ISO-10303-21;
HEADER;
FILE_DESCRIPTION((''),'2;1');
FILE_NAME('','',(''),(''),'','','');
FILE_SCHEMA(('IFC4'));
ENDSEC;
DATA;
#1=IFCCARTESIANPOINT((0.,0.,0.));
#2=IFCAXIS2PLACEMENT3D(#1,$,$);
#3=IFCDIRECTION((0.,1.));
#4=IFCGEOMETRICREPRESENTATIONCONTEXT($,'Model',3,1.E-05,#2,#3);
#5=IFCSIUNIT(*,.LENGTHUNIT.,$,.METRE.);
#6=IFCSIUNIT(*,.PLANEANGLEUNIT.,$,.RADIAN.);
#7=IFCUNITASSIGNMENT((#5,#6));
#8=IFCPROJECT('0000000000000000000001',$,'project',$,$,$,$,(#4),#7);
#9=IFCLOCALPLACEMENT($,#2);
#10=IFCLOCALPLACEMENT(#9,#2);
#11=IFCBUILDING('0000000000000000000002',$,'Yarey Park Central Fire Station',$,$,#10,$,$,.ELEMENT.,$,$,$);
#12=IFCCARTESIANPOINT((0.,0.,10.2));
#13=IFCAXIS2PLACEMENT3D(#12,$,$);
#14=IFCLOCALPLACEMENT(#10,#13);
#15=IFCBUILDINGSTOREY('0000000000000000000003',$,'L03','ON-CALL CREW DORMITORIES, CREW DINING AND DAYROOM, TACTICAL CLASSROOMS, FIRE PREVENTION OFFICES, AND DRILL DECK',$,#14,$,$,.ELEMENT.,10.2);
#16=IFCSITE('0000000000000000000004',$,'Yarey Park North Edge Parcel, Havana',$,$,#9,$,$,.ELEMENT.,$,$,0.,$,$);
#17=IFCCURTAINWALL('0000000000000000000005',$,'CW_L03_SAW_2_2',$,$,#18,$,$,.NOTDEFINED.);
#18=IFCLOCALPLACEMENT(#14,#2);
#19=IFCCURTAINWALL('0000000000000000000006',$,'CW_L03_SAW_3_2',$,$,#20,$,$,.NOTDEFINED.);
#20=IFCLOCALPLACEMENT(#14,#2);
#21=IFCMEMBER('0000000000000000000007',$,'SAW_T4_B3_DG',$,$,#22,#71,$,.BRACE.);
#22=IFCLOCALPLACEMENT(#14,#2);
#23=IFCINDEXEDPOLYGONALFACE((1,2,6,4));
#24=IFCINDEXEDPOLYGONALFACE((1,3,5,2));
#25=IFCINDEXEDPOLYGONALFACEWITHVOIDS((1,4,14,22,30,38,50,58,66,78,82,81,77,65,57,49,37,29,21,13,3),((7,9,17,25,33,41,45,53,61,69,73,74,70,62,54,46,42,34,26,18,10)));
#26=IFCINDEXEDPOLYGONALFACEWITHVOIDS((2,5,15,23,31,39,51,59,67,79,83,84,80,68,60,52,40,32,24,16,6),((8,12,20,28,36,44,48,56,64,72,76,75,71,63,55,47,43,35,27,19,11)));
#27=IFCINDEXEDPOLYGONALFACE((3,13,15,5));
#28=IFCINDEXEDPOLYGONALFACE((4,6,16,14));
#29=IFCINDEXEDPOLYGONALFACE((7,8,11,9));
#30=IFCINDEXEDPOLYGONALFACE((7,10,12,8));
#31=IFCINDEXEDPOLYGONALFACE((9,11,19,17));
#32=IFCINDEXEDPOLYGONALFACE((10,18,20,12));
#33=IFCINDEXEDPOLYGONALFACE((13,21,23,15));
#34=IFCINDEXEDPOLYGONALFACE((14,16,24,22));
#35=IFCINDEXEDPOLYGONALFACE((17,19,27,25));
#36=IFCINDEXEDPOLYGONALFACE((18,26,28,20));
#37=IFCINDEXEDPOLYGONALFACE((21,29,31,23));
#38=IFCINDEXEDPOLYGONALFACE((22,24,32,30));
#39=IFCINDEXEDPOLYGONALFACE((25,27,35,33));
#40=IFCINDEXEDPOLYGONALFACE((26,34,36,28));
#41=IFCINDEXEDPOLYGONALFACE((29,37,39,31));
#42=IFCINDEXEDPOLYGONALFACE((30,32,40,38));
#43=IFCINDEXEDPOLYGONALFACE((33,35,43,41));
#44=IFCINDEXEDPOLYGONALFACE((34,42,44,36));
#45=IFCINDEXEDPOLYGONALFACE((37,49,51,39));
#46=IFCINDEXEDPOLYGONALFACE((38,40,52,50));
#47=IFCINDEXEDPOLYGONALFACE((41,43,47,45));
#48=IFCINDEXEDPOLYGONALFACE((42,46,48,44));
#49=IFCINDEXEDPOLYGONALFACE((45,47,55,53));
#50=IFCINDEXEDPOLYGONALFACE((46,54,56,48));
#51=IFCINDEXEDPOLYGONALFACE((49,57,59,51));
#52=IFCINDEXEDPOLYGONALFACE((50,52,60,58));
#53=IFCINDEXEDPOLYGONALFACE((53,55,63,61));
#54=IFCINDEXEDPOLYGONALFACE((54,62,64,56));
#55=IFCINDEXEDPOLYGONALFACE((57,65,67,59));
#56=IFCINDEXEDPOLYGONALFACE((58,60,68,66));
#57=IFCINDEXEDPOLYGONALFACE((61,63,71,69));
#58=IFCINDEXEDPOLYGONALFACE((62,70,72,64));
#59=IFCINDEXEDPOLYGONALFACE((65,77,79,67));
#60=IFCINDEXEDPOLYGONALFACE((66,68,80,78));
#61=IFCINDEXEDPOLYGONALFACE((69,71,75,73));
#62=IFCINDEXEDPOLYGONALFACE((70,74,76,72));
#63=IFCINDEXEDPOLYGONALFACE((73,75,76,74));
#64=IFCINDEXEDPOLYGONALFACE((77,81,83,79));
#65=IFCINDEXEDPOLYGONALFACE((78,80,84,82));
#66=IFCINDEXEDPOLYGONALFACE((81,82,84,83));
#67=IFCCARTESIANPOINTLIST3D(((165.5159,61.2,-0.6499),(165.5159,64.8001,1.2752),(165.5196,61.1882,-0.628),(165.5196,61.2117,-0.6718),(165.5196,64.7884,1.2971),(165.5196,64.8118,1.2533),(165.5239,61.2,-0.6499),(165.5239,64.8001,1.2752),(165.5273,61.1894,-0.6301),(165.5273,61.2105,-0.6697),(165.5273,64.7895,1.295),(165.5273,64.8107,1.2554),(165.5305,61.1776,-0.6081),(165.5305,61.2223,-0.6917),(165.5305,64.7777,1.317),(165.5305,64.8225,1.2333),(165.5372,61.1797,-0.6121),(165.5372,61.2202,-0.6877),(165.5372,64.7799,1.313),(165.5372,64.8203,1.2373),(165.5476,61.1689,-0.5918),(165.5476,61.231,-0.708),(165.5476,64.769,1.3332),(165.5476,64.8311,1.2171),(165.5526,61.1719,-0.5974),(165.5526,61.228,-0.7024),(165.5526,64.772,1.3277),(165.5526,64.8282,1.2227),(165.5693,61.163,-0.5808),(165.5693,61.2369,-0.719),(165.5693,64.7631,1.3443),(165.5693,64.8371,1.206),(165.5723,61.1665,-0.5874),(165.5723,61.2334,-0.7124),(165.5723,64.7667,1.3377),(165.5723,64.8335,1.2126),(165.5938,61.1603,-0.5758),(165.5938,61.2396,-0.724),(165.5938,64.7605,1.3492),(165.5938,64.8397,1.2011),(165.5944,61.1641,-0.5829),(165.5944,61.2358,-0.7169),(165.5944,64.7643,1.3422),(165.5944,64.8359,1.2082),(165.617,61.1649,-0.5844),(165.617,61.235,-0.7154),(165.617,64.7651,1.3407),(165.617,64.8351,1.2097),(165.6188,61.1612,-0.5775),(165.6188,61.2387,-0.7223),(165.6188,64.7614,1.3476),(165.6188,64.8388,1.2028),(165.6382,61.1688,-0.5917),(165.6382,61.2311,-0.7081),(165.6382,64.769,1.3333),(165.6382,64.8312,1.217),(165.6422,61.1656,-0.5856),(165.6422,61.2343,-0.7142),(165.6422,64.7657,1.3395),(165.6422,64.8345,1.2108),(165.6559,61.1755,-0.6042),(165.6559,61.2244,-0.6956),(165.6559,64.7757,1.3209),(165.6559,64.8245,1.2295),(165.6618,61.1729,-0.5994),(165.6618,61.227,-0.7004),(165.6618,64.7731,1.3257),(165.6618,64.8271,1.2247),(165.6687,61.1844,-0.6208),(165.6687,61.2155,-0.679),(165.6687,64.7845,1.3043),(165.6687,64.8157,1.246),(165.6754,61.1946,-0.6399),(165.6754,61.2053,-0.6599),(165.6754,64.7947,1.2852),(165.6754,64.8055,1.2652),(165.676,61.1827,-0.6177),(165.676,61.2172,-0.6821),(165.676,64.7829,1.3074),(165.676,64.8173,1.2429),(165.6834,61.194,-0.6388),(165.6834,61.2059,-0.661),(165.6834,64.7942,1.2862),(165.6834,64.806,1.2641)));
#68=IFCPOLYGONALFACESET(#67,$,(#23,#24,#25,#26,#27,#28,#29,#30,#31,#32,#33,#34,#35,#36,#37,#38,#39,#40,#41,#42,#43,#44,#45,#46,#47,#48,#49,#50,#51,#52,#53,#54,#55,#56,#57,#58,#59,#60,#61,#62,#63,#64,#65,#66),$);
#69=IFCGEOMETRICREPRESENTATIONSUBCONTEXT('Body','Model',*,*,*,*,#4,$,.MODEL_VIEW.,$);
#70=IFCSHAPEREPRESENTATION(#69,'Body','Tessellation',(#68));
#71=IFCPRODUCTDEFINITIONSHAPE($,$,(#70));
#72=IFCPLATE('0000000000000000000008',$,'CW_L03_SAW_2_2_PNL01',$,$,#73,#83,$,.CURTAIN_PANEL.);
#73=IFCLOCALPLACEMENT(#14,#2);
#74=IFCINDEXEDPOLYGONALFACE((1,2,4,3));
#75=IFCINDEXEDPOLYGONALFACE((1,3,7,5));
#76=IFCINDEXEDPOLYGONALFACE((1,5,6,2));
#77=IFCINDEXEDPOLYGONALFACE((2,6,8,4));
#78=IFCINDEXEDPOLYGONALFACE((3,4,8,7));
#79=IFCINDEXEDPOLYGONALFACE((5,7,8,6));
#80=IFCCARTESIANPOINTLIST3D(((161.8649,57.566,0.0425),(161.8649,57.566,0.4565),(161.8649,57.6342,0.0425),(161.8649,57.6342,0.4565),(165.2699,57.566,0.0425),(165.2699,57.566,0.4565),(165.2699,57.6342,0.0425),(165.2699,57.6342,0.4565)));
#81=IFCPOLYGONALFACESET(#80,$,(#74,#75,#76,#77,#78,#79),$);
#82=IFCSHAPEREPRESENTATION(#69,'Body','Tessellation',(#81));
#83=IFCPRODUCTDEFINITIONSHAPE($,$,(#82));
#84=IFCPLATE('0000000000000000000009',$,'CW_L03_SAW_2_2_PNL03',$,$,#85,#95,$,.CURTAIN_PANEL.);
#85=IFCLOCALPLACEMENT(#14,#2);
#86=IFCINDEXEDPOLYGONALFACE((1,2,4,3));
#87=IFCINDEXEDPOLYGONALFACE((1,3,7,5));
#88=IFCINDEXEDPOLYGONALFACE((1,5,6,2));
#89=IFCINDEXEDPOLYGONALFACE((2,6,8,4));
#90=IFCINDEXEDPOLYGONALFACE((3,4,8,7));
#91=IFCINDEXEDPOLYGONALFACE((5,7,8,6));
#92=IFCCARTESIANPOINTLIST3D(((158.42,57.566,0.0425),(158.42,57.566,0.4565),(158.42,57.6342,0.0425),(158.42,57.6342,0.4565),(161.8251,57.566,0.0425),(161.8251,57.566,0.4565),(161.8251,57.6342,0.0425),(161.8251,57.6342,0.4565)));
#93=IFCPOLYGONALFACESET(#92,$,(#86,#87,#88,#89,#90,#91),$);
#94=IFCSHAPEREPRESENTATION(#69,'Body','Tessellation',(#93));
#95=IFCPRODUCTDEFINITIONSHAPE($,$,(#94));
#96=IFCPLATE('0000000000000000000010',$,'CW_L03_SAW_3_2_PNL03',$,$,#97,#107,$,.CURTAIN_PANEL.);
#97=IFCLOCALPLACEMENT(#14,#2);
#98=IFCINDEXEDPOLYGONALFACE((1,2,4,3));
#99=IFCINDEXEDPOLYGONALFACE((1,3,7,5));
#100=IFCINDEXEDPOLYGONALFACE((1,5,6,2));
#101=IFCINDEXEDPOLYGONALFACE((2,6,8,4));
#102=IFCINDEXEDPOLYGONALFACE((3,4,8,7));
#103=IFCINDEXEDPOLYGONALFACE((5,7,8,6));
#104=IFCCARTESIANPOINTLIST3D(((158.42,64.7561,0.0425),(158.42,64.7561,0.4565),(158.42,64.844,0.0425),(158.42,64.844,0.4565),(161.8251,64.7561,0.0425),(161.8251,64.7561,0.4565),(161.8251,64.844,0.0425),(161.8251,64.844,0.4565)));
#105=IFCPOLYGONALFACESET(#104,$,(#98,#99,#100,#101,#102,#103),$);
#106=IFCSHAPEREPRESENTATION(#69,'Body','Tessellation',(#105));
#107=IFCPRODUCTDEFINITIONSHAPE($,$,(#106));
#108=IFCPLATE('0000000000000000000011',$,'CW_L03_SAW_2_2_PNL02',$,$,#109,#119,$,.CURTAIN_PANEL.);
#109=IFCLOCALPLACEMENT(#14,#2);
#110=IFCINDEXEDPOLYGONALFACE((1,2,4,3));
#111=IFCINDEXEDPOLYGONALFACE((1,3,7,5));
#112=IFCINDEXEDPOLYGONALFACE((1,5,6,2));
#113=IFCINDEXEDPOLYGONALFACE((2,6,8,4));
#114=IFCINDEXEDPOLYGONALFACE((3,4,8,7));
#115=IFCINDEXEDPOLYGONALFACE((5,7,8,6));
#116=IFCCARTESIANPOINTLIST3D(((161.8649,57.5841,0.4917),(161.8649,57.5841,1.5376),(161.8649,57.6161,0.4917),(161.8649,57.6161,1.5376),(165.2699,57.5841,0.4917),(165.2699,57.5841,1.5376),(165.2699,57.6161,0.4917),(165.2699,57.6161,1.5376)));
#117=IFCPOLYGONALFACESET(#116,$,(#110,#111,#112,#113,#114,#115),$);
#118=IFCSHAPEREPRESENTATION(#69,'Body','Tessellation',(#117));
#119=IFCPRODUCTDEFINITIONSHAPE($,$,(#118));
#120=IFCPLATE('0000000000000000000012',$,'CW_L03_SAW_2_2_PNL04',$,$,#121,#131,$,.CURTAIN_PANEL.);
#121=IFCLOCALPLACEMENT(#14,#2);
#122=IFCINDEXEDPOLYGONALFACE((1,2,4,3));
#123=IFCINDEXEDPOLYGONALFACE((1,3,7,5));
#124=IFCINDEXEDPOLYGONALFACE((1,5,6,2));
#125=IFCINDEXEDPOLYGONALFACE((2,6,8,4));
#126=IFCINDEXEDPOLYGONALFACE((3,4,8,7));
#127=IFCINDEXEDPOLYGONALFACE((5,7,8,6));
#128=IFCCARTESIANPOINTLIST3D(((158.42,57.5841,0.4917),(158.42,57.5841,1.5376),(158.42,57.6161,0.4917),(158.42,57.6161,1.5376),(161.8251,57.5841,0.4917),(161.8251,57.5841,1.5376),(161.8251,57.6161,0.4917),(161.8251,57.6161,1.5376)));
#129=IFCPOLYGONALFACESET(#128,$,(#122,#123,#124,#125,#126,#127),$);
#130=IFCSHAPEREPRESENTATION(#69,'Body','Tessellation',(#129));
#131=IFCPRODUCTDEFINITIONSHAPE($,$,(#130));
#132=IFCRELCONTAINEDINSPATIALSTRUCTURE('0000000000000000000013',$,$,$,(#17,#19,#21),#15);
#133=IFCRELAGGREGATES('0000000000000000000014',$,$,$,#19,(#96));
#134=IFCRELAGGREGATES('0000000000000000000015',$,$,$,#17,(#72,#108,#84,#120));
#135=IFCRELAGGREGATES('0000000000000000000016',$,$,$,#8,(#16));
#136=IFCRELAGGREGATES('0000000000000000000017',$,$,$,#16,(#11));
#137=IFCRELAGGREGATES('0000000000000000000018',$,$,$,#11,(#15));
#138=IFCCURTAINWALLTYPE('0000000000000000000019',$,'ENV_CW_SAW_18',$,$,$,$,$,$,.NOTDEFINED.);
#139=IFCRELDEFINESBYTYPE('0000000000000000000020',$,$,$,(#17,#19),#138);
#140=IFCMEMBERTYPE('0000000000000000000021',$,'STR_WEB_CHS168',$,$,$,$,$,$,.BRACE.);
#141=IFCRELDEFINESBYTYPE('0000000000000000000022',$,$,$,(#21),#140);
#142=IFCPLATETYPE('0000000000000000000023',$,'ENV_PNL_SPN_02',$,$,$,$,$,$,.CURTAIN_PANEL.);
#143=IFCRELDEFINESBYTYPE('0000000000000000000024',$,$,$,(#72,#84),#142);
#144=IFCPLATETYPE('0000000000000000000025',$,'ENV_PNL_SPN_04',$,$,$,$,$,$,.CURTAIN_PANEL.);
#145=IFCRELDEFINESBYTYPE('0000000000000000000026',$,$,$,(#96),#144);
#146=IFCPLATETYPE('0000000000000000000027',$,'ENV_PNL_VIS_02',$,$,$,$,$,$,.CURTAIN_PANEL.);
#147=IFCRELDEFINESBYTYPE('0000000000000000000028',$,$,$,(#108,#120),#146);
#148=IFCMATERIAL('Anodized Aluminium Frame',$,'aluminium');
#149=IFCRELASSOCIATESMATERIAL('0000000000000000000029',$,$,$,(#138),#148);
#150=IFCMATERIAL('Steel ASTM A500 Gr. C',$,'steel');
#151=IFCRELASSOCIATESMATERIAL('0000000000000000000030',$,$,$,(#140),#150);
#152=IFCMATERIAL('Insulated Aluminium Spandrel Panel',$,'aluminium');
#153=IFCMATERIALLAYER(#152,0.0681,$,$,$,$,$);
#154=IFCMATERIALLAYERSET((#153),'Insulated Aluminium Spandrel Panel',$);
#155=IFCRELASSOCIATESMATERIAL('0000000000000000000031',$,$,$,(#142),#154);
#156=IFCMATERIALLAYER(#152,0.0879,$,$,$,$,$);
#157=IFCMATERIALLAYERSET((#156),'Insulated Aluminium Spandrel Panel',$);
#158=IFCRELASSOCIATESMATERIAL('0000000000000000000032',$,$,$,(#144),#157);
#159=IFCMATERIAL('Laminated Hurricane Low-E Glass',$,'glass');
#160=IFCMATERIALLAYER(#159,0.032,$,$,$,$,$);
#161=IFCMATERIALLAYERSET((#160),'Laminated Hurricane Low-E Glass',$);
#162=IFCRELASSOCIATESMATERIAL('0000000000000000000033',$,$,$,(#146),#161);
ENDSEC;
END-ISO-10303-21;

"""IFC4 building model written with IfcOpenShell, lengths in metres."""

from ifc_helpers import new_model, si_unit, direction, frame, origin, origin_2d, place, context, subcontext, project, spatial, rectangle, hollow_circle, extrude, material, layer, layer_set, material_profile, profile_set, type_object, element, aggregate, save


model = new_model("IFC4")

# Units and contexts
model_context = context("Model", 3, precision=1e-05, world=origin(), true_north=direction((0.0, 1.0)))
body_context = subcontext(model_context, "Body", "Model", "MODEL_VIEW")
ifc_project = project(units=[si_unit("LENGTHUNIT", "METRE"), si_unit("PLANEANGLEUNIT", "RADIAN")], contexts=[model_context])

# Site, building, storey
site_placement = place(None, origin())
site = spatial("IfcSite", under=ifc_project, at=site_placement, Name="Yarey Park North Edge Parcel, Havana", CompositionType="ELEMENT", RefElevation=0.0)
building_placement = place(site_placement, origin())
building = spatial("IfcBuilding", under=site, at=building_placement, Name="Yarey Park Central Fire Station", CompositionType="ELEMENT")
storey_placement = place(building_placement, frame((0.0, 0.0, 10.2)))
storey = spatial("IfcBuildingStorey", under=building, at=storey_placement, Name="L03", Description="ON-CALL CREW DORMITORIES, CREW DINING AND DAYROOM, TACTICAL CLASSROOMS, FIRE PREVENTION OFFICES, AND DRILL DECK", CompositionType="ELEMENT", Elevation=10.2)

# Curtain wall
ifc_material_1 = material(Name="Anodized Aluminium Frame", Category="aluminium")
curtain_wall_type = type_object("IfcCurtainWallType", Name="ENV_CW_SAW_18", PredefinedType="NOTDEFINED", material=ifc_material_1)
curtain_wall_1_placement = place(storey_placement, origin())
curtain_wall_1 = element("IfcCurtainWall", 1, at=curtain_wall_1_placement, inside=storey, type_object=curtain_wall_type, Name="CW_L03_SAW_2_2", PredefinedType="NOTDEFINED")

# Curtain wall
curtain_wall_2_placement = place(storey_placement, origin())
curtain_wall_2 = element("IfcCurtainWall", 2, at=curtain_wall_2_placement, inside=storey, type_object=curtain_wall_type, Name="CW_L03_SAW_3_2", PredefinedType="NOTDEFINED")

# Shared definitions
ifc_material_2 = material(Name="Steel ASTM A500 Gr. C", Category="steel")

# Member
ifc_material_profile_1 = material_profile(ifc_material_2, hollow_circle(Radius=0.0842, WallThickness=0.0081, at=origin_2d()), Name="CHS 168.3x8")
ifc_profile_set_1 = profile_set([ifc_material_profile_1], Name="Steel ASTM A500 Gr. C")
member_type_1 = type_object("IfcMemberType", Name="STR_WEB_CHS168", PredefinedType="BRACE", material=ifc_profile_set_1)
member_1_placement = place(storey_placement, frame((165.6001, 61.2, -0.6499), z_axis=(0.0, 0.881844, 0.471541), x_axis=(-1.0, 0.0, 0.0)))
element("IfcMember", 3, at=member_1_placement, inside=storey, type_object=member_type_1, Name="SAW_T4_B3_DG", PredefinedType="BRACE", context=body_context, shape_type="SweptSolid", body=[
    extrude(hollow_circle(Radius=0.0842, WallThickness=0.0081, at=origin_2d()), origin(), (0.0, 0.0, 1.0), 4.0825),
])

# Plates
ifc_material_3 = material(Name="Insulated Aluminium Spandrel Panel", Category="aluminium")
ifc_layer_1 = layer(ifc_material_3, 0.0681)
ifc_layer_set_1 = layer_set([ifc_layer_1], Name="Insulated Aluminium Spandrel Panel")
plate_type_1 = type_object("IfcPlateType", Name="ENV_PNL_SPN_02", PredefinedType="CURTAIN_PANEL", material=ifc_layer_set_1)
plate_1_placement = place(storey_placement, frame((163.5674, 57.6001, 0.0425), z_axis=(0.0, 0.0, 1.0), x_axis=(-1.0, 0.0, 0.0)))
plate_1 = element("IfcPlate", 4, at=plate_1_placement, type_object=plate_type_1, Name="CW_L03_SAW_2_2_PNL01", PredefinedType="CURTAIN_PANEL", context=body_context, shape_type="SweptSolid", body=[
    extrude(rectangle(XDim=3.405, YDim=0.0681, at=origin_2d()), origin(), (0.0, 0.0, 1.0), 0.4141),
])
plate_2_placement = place(storey_placement, frame((160.1226, 57.6001, 0.0425), z_axis=(0.0, 0.0, 1.0), x_axis=(-1.0, 0.0, 0.0)))
plate_2 = element("IfcPlate", 5, at=plate_2_placement, type_object=plate_type_1, Name="CW_L03_SAW_2_2_PNL03", PredefinedType="CURTAIN_PANEL", context=body_context, shape_type="SweptSolid", body=[
    extrude(rectangle(XDim=3.405, YDim=0.0681, at=origin_2d()), origin(), (0.0, 0.0, 1.0), 0.4141),
])
ifc_layer_2 = layer(ifc_material_3, 0.0879)
ifc_layer_set_2 = layer_set([ifc_layer_2], Name="Insulated Aluminium Spandrel Panel")
plate_type_2 = type_object("IfcPlateType", Name="ENV_PNL_SPN_04", PredefinedType="CURTAIN_PANEL", material=ifc_layer_set_2)
plate_3_placement = place(storey_placement, frame((160.1226, 64.8, 0.0425), z_axis=(0.0, 0.0, 1.0), x_axis=(-1.0, 0.0, 0.0)))
plate_3 = element("IfcPlate", 6, at=plate_3_placement, type_object=plate_type_2, Name="CW_L03_SAW_3_2_PNL03", PredefinedType="CURTAIN_PANEL", context=body_context, shape_type="SweptSolid", body=[
    extrude(rectangle(XDim=3.405, YDim=0.0879, at=origin_2d()), origin(), (0.0, 0.0, 1.0), 0.4141),
])
aggregate(curtain_wall_2, [plate_3])
ifc_material_4 = material(Name="Laminated Hurricane Low-E Glass", Category="glass")
ifc_layer_3 = layer(ifc_material_4, 0.032)
ifc_layer_set_3 = layer_set([ifc_layer_3], Name="Laminated Hurricane Low-E Glass")
plate_type_3 = type_object("IfcPlateType", Name="ENV_PNL_VIS_02", PredefinedType="CURTAIN_PANEL", material=ifc_layer_set_3)
plate_4_placement = place(storey_placement, frame((163.5674, 57.6001, 0.4917), z_axis=(0.0, 0.0, 1.0), x_axis=(-1.0, 0.0, 0.0)))
plate_4 = element("IfcPlate", 7, at=plate_4_placement, type_object=plate_type_3, Name="CW_L03_SAW_2_2_PNL02", PredefinedType="CURTAIN_PANEL", context=body_context, shape_type="SweptSolid", body=[
    extrude(rectangle(XDim=3.405, YDim=0.032, at=origin_2d()), origin(), (0.0, 0.0, 1.0), 1.0459),
])
plate_5_placement = place(storey_placement, frame((160.1226, 57.6001, 0.4917), z_axis=(0.0, 0.0, 1.0), x_axis=(-1.0, 0.0, 0.0)))
plate_5 = element("IfcPlate", 8, at=plate_5_placement, type_object=plate_type_3, Name="CW_L03_SAW_2_2_PNL04", PredefinedType="CURTAIN_PANEL", context=body_context, shape_type="SweptSolid", body=[
    extrude(rectangle(XDim=3.405, YDim=0.032, at=origin_2d()), origin(), (0.0, 0.0, 1.0), 1.0459),
])
aggregate(curtain_wall_1, [plate_1, plate_4, plate_2, plate_5])

save(model, "model.ifc")
